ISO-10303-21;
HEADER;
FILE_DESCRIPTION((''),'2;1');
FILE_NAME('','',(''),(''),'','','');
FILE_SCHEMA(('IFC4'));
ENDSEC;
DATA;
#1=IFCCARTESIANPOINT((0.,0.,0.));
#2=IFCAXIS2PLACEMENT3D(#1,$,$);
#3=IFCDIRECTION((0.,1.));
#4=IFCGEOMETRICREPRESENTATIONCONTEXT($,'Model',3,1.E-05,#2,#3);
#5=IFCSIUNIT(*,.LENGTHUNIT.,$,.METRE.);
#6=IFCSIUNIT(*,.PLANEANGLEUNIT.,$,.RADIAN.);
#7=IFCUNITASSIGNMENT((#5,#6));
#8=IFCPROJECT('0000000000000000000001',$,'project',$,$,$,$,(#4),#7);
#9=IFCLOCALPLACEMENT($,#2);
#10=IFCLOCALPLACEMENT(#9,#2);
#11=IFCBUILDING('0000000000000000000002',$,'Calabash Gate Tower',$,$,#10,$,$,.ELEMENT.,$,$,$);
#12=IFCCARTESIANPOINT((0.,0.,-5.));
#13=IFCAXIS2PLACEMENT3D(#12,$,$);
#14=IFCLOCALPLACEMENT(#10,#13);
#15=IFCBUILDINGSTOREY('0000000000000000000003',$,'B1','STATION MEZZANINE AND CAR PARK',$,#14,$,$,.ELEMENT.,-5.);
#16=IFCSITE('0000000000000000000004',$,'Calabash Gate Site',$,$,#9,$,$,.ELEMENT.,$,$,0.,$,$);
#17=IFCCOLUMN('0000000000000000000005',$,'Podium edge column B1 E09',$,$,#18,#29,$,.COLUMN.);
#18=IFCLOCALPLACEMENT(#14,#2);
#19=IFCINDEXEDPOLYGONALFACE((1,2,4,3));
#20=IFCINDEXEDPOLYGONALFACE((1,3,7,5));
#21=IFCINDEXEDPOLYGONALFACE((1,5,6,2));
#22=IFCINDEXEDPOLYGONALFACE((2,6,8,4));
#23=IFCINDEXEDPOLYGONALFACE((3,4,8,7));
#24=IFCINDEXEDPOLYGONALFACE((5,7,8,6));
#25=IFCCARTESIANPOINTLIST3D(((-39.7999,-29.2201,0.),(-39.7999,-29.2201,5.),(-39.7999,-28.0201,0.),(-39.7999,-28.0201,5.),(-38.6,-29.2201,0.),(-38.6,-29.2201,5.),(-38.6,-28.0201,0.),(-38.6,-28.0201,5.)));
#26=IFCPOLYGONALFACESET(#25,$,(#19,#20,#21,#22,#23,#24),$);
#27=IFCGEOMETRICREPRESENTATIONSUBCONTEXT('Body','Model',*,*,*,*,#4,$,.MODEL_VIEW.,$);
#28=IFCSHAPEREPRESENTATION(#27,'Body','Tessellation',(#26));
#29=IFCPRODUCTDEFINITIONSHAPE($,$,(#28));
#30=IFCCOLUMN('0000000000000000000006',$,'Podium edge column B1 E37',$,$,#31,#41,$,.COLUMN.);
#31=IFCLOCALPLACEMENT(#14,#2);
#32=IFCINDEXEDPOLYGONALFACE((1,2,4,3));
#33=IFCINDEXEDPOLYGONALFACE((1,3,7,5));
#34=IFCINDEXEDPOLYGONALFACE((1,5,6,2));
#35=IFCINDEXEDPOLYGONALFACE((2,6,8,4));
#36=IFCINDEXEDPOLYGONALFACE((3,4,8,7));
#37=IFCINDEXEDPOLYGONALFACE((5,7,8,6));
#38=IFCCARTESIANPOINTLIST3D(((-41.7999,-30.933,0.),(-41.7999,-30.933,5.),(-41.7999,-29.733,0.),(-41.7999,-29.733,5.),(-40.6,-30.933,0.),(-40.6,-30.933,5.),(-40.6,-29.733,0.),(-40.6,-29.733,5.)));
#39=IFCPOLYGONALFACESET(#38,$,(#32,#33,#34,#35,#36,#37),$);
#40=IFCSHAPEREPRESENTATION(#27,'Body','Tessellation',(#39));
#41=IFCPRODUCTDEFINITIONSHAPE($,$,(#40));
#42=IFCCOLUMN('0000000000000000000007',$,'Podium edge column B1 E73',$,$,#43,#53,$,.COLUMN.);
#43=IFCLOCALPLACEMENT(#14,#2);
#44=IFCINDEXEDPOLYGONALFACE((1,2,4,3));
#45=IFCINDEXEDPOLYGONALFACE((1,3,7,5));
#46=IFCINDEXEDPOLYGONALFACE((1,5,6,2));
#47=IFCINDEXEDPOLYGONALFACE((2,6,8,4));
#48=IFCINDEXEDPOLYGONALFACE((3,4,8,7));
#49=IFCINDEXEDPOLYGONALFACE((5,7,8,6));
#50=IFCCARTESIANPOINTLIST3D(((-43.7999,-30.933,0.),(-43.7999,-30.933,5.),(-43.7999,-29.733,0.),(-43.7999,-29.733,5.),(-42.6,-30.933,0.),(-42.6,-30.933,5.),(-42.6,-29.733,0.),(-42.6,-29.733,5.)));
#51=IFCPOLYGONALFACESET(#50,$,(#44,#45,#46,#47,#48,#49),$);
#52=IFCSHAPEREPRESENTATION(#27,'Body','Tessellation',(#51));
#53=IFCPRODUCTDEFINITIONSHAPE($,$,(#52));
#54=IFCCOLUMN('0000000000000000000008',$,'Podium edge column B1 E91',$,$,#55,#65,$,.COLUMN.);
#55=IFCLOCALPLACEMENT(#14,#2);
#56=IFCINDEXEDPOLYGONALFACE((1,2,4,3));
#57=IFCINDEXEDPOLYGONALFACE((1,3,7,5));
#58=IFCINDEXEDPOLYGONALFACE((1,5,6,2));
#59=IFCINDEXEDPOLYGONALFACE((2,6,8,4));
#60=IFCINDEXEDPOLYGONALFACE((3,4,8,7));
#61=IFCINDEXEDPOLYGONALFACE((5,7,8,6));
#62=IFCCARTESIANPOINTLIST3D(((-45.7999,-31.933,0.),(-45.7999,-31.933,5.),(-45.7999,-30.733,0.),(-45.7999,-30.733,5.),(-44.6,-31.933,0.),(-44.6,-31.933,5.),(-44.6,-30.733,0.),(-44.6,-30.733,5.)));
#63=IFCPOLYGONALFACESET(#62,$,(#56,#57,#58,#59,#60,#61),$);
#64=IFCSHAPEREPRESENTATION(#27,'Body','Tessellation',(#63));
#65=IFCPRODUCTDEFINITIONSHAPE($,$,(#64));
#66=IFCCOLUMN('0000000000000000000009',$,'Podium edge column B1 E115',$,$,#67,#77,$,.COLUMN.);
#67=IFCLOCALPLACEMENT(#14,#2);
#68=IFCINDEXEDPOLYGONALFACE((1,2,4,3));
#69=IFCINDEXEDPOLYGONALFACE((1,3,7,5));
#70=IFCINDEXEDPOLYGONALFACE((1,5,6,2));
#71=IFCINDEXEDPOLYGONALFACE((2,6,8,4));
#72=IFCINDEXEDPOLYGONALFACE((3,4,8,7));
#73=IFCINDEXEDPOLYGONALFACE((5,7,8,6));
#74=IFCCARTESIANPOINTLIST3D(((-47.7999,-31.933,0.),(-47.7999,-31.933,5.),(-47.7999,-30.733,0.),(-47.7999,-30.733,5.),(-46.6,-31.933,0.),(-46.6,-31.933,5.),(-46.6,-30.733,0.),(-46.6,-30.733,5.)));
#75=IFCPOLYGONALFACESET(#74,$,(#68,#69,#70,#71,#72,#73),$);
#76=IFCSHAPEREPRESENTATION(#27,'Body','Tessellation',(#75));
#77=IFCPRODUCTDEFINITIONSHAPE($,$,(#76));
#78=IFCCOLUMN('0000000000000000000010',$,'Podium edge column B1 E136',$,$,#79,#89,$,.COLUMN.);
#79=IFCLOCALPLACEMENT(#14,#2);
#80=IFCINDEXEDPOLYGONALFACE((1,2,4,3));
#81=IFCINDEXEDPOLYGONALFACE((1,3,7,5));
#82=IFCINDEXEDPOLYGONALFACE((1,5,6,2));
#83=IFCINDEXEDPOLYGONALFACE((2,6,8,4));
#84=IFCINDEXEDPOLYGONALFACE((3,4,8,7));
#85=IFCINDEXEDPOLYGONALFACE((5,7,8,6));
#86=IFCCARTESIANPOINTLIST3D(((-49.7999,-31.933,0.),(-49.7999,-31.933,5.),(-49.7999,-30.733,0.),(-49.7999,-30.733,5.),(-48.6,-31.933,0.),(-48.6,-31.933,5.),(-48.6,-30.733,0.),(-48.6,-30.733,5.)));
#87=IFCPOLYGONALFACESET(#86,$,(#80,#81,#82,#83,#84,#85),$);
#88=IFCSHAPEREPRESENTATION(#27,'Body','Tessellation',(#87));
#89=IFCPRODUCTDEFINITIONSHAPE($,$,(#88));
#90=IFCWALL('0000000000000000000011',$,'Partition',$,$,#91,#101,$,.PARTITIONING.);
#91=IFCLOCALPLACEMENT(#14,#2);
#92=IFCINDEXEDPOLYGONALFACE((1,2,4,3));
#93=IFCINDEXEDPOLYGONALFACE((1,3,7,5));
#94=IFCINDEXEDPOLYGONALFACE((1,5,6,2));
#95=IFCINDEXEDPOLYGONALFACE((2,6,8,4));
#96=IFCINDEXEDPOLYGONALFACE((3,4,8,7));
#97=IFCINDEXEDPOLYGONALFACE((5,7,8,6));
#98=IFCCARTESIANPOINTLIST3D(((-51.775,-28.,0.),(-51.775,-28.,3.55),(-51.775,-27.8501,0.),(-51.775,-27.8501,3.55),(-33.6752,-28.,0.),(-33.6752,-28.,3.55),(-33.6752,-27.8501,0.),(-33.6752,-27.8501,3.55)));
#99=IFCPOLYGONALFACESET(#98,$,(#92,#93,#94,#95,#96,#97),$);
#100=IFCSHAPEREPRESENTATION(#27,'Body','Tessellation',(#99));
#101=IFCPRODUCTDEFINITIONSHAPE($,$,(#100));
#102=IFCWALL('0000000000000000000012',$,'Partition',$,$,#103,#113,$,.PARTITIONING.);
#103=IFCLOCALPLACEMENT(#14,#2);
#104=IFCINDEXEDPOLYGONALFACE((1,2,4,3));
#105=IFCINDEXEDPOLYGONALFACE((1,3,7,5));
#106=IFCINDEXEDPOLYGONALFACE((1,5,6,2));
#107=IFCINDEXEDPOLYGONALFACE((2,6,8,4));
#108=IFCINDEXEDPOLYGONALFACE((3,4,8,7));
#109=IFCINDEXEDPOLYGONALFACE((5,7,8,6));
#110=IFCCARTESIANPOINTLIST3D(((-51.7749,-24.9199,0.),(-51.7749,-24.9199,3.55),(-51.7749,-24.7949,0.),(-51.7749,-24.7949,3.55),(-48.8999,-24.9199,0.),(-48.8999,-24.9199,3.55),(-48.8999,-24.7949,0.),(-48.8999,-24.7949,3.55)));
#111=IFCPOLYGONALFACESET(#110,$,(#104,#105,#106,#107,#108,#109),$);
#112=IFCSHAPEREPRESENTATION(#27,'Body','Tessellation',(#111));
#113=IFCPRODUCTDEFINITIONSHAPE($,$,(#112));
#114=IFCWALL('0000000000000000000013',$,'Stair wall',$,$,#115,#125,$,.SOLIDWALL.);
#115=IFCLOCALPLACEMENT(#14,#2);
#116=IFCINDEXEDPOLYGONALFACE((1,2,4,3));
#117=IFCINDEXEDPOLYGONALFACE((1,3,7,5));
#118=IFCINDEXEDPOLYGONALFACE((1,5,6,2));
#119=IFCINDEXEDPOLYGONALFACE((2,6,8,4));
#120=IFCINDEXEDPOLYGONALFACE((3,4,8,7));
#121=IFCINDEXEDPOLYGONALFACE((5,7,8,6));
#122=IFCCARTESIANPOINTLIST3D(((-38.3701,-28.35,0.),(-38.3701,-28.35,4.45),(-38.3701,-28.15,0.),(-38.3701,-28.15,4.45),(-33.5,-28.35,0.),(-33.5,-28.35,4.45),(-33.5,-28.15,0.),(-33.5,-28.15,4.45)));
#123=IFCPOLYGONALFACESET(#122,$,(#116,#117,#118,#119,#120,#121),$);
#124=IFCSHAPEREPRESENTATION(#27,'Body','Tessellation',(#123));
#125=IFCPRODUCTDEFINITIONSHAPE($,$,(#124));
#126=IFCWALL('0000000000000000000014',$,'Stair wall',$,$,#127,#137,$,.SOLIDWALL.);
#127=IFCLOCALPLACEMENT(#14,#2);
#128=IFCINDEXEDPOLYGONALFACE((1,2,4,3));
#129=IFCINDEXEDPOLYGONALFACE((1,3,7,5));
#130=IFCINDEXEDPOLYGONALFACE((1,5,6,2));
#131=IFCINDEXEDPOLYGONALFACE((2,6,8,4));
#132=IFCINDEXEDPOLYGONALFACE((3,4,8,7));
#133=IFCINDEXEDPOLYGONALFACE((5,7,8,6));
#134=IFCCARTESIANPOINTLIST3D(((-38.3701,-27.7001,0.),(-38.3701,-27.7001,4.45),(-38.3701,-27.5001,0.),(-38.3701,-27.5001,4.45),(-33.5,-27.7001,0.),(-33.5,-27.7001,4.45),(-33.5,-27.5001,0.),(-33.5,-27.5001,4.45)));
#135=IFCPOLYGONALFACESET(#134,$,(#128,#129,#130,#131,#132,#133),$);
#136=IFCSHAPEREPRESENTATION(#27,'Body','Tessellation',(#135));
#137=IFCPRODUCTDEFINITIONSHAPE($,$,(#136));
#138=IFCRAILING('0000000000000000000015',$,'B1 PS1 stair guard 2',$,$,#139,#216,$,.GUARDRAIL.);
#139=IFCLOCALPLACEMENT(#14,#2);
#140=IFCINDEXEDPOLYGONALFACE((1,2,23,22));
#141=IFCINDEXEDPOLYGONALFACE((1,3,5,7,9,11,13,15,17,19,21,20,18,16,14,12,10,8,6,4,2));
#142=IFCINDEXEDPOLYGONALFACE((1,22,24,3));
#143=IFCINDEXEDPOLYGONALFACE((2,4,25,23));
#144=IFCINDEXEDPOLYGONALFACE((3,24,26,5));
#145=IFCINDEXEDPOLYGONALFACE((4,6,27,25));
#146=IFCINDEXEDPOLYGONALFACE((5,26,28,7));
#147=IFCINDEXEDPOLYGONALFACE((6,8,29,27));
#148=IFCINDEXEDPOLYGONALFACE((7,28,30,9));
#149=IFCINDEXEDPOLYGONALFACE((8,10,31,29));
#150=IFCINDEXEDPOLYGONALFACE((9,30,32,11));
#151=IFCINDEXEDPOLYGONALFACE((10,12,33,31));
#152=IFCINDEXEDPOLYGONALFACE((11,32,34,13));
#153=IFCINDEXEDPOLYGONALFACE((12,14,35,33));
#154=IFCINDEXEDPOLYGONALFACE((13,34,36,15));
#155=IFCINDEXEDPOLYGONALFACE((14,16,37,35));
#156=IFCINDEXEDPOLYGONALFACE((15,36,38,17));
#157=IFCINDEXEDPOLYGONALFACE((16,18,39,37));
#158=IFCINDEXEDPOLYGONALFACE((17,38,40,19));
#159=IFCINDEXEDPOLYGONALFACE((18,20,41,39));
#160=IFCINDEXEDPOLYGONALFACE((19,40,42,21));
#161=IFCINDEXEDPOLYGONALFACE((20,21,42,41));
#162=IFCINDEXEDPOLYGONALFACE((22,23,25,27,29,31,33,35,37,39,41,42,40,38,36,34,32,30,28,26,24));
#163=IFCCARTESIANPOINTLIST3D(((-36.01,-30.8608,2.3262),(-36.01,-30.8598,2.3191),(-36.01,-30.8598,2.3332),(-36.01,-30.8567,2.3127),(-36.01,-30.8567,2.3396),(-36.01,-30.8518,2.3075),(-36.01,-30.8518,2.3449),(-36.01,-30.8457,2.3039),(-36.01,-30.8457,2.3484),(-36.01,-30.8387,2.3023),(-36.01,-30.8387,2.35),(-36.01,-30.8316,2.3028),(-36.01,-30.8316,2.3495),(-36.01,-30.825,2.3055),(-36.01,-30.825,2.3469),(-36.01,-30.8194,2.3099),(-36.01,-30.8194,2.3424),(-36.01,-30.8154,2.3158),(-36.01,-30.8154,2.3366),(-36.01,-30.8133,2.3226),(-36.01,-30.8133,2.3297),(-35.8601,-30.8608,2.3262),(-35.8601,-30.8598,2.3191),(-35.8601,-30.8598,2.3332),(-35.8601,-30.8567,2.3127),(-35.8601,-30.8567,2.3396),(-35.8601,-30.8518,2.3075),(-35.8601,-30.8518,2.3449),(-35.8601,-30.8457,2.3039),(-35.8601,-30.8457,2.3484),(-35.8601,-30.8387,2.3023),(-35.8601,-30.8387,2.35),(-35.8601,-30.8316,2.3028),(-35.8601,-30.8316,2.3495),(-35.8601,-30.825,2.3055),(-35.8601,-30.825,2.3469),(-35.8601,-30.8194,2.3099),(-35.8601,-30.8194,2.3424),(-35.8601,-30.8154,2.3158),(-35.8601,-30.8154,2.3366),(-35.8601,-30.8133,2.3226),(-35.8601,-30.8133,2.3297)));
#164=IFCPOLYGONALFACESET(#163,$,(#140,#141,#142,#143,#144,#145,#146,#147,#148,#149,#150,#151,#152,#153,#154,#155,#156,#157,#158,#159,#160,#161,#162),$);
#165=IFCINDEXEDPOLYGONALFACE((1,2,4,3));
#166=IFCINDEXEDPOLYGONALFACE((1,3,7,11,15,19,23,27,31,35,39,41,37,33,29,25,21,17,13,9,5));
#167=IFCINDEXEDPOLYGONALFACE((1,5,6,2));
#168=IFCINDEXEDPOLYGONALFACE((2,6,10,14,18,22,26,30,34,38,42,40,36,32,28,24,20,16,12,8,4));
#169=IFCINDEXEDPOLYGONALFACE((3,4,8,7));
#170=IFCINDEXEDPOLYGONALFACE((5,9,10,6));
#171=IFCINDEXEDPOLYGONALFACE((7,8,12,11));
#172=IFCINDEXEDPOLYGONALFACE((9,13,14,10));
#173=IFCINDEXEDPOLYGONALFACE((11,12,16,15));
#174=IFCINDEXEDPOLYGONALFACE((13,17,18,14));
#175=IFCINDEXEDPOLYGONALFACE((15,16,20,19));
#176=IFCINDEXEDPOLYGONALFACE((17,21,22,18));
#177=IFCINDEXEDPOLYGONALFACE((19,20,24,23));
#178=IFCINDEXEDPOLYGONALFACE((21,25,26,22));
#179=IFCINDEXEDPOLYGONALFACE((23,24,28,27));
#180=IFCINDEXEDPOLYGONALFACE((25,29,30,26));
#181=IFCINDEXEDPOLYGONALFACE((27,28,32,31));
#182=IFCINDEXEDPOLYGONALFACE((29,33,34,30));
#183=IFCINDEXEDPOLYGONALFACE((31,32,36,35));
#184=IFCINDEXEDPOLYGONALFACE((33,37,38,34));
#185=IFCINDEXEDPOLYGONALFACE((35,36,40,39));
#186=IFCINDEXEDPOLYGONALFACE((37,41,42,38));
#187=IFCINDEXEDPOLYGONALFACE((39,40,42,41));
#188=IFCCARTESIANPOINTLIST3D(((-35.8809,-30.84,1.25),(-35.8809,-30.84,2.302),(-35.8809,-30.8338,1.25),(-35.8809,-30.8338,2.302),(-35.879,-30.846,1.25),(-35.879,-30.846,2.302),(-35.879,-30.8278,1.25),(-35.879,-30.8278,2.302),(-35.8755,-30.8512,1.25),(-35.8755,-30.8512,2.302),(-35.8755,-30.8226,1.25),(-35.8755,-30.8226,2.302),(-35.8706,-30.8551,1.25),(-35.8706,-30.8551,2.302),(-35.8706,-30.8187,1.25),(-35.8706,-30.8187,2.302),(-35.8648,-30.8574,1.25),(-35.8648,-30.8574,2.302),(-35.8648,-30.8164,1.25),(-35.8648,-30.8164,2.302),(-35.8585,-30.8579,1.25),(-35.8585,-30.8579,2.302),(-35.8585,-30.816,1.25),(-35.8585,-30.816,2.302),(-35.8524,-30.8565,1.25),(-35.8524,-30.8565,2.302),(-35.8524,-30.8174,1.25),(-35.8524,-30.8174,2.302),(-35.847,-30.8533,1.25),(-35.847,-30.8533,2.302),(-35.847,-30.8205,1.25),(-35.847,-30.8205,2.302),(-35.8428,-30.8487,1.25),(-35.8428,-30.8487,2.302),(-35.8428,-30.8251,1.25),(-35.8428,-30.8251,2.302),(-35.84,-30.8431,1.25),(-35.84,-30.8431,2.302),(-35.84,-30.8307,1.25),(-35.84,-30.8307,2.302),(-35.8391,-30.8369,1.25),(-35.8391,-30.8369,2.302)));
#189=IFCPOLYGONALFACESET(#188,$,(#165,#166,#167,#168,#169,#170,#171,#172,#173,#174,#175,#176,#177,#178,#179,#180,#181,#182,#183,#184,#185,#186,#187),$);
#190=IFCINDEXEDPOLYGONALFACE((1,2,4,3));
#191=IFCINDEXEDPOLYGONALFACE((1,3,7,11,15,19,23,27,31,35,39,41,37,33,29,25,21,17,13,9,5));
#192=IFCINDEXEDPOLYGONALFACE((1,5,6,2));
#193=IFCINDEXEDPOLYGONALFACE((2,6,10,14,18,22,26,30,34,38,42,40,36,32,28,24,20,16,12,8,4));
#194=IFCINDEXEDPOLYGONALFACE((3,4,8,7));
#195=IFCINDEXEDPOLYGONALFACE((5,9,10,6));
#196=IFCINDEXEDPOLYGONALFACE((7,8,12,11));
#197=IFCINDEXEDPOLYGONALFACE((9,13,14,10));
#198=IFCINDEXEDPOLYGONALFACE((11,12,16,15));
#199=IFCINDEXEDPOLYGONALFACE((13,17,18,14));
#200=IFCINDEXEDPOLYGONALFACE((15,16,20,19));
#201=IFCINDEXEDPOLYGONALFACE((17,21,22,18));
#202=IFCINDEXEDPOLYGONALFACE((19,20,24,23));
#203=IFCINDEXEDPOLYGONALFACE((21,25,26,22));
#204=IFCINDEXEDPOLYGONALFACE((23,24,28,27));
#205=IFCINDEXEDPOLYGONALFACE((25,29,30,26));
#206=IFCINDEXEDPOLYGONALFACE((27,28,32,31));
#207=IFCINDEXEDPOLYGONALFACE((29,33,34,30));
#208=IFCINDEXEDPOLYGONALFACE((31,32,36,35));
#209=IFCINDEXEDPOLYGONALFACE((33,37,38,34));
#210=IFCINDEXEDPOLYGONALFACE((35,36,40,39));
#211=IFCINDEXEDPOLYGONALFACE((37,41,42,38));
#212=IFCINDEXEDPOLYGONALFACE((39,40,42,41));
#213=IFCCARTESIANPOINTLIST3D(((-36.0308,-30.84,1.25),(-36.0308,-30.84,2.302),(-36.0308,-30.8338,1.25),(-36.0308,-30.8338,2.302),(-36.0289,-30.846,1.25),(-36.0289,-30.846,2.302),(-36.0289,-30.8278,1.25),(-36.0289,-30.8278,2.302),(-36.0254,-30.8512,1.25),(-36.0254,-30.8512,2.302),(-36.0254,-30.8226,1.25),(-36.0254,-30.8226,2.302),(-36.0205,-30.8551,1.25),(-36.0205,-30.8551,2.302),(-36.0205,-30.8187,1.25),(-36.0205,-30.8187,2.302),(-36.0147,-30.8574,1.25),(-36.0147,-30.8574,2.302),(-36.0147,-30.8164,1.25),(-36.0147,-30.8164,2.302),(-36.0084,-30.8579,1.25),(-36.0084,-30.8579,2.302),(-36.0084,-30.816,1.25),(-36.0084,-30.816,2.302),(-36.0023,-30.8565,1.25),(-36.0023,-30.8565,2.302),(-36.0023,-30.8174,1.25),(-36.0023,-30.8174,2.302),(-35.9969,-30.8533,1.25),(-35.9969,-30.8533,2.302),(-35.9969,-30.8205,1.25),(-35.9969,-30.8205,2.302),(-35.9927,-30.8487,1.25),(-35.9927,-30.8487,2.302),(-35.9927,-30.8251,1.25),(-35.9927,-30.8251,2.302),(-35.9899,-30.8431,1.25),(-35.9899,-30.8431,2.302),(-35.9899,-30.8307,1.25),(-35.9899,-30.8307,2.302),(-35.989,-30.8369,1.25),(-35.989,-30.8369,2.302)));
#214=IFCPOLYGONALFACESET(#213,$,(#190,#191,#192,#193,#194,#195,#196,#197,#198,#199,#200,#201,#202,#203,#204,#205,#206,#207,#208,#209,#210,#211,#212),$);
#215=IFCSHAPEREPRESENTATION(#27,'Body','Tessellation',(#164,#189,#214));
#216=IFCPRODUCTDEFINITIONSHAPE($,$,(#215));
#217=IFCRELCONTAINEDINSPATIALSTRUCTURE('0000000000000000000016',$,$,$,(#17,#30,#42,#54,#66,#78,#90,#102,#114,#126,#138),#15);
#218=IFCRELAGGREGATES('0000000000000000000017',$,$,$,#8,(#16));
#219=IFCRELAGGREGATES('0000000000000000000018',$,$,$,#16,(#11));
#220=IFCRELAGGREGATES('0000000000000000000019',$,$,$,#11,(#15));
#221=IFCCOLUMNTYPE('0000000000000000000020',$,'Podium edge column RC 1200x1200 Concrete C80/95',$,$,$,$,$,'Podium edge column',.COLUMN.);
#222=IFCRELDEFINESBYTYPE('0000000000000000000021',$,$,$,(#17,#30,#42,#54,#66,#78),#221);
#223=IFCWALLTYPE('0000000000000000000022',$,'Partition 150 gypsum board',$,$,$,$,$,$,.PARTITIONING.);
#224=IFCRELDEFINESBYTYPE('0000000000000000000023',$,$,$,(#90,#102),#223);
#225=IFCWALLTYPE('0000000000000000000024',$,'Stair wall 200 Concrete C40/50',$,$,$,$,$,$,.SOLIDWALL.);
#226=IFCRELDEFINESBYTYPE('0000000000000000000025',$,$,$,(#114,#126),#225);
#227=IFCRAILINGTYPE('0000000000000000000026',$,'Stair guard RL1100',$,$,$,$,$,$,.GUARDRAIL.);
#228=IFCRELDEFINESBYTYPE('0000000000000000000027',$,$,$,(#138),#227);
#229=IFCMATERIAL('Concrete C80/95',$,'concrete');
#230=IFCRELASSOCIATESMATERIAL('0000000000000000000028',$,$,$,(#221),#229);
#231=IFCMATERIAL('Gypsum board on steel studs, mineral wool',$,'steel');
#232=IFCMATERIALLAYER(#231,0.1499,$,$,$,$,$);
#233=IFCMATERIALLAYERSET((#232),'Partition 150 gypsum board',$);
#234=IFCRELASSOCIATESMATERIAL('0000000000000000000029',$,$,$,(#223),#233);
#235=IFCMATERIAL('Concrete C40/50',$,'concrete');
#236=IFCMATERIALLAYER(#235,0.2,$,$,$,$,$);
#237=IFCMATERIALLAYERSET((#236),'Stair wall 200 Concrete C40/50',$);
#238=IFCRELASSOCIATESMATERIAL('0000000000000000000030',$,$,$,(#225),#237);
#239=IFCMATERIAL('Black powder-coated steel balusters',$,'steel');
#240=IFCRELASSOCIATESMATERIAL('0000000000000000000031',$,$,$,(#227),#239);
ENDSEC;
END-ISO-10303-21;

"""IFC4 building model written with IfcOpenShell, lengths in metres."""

from ifc_helpers import new_model, si_unit, direction, frame, frame_2d, origin, origin_2d, place, context, subcontext, project, spatial, rectangle, circle, extrude, material, layer, layer_set, material_profile, profile_set, type_object, element, save


model = new_model("IFC4")

# Units and contexts
model_context = context("Model", 3, precision=1e-05, world=origin(), true_north=direction((0.0, 1.0)))
body_context = subcontext(model_context, "Body", "Model", "MODEL_VIEW")
ifc_project = project(units=[si_unit("LENGTHUNIT", "METRE"), si_unit("PLANEANGLEUNIT", "RADIAN")], contexts=[model_context])

# Site, building, storey
site_placement = place(None, origin())
site = spatial("IfcSite", under=ifc_project, at=site_placement, Name="Calabash Gate Site", CompositionType="ELEMENT", RefElevation=0.0)
building_placement = place(site_placement, origin())
building = spatial("IfcBuilding", under=site, at=building_placement, Name="Calabash Gate Tower", CompositionType="ELEMENT")
storey_placement = place(building_placement, frame((0.0, 0.0, -5.0)))
storey = spatial("IfcBuildingStorey", under=building, at=storey_placement, Name="B1", Description="STATION MEZZANINE AND CAR PARK", CompositionType="ELEMENT", Elevation=-5.0)

# Columns
ifc_material_1 = material(Name="Concrete C80/95", Category="concrete")
ifc_material_profile = material_profile(ifc_material_1, rectangle(XDim=1.2, YDim=1.2, at=origin_2d()))
ifc_profile_set = profile_set([ifc_material_profile], Name="Concrete C80/95")
column_type = type_object("IfcColumnType", Name="Podium edge column RC 1200x1200 Concrete C80/95", ElementType="Podium edge column", PredefinedType="COLUMN", material=ifc_profile_set)
for number, where, z_axis, x_axis, name in (
    (1, (-39.2, -28.6201, 0.0), (0.0, 0.0, 1.0), (1.0, 0.0, 0.0), "Podium edge column B1 E09"),
    (2, (-41.2, -30.333, 0.0), (0.0, 0.0, 1.0), (1.0, 0.0, 0.0), "Podium edge column B1 E37"),
    (3, (-43.2, -30.333, 0.0), (0.0, 0.0, 1.0), (1.0, 0.0, 0.0), "Podium edge column B1 E73"),
    (4, (-45.2, -31.333, 0.0), (0.0, 0.0, 1.0), (1.0, 0.0, 0.0), "Podium edge column B1 E91"),
    (5, (-47.2, -31.333, 0.0), (0.0, 0.0, 1.0), (1.0, 0.0, 0.0), "Podium edge column B1 E115"),
    (6, (-49.2, -31.333, 0.0), (0.0, 0.0, 1.0), (1.0, 0.0, 0.0), "Podium edge column B1 E136"),
):
    element("IfcColumn", number, at=place(storey_placement, frame(where, z_axis=z_axis, x_axis=x_axis)), inside=storey, type_object=column_type, Name=name, PredefinedType="COLUMN", context=body_context, shape_type="SweptSolid", body=[
        extrude(rectangle(XDim=1.2, YDim=1.2, at=origin_2d()), origin(), (0.0, 0.0, 1.0), 5.0),
    ])

# Walls
ifc_material_2 = material(Name="Gypsum board on steel studs, mineral wool", Category="steel")
ifc_layer_1 = layer(ifc_material_2, 0.1499)
ifc_layer_set_1 = layer_set([ifc_layer_1], Name="Partition 150 gypsum board")
wall_type_1 = type_object("IfcWallType", Name="Partition 150 gypsum board", PredefinedType="PARTITIONING", material=ifc_layer_set_1)
wall_1_placement = place(storey_placement, frame((-51.7749, -27.925, 0.0), z_axis=(0.0, 0.0, 1.0), x_axis=(1.0, 0.0, 0.0)))
element("IfcWall", 7, at=wall_1_placement, inside=storey, type_object=wall_type_1, Name="Partition", PredefinedType="PARTITIONING", context=body_context, shape_type="SweptSolid", body=[
    extrude(rectangle(XDim=18.0999, YDim=0.1499, at=frame_2d((9.0498, 0.0))), origin(), (0.0, 0.0, 1.0), 3.55),
])
wall_2_placement = place(storey_placement, frame((-51.7749, -24.8574, 0.0), z_axis=(0.0, 0.0, 1.0), x_axis=(1.0, 0.0, 0.0)))
element("IfcWall", 8, at=wall_2_placement, inside=storey, type_object=wall_type_1, Name="Partition", PredefinedType="PARTITIONING", context=body_context, shape_type="SweptSolid", body=[
    extrude(rectangle(XDim=2.875, YDim=0.125, at=frame_2d((1.4375, 0.0))), origin(), (0.0, 0.0, 1.0), 3.55),
])
ifc_material_3 = material(Name="Concrete C40/50", Category="concrete")
ifc_layer_2 = layer(ifc_material_3, 0.2)
ifc_layer_set_2 = layer_set([ifc_layer_2], Name="Stair wall 200 Concrete C40/50")
wall_type_2 = type_object("IfcWallType", Name="Stair wall 200 Concrete C40/50", PredefinedType="SOLIDWALL", material=ifc_layer_set_2)
for number, where, z_axis, x_axis, name in (
    (9, (-38.3701, -28.25, 0.0), (0.0, 0.0, 1.0), (1.0, 0.0, 0.0), "Stair wall"),
    (10, (-38.3701, -27.6001, 0.0), (0.0, 0.0, 1.0), (1.0, 0.0, 0.0), "Stair wall"),
):
    element("IfcWall", number, at=place(storey_placement, frame(where, z_axis=z_axis, x_axis=x_axis)), inside=storey, type_object=wall_type_2, Name=name, PredefinedType="SOLIDWALL", context=body_context, shape_type="SweptSolid", body=[
        extrude(rectangle(XDim=4.8701, YDim=0.2, at=frame_2d((2.4351, 0.0))), origin(), (0.0, 0.0, 1.0), 4.45),
    ])

# Railing
ifc_material_4 = material(Name="Black powder-coated steel balusters", Category="steel")
railing_type_1 = type_object("IfcRailingType", Name="Stair guard RL1100", PredefinedType="GUARDRAIL", material=ifc_material_4)
railing_1_placement = place(storey_placement, frame((-35.8601, -30.8369, 1.25)))
element("IfcRailing", 11, at=railing_1_placement, inside=storey, type_object=railing_type_1, Name="B1 PS1 stair guard 2", PredefinedType="GUARDRAIL", context=body_context, shape_type="SweptSolid", body=[
    extrude(circle(Radius=0.0239, at=origin_2d()), frame((0.0, 0.0, 1.0762), z_axis=(-1.0, 0.0, 0.0), x_axis=(0.0, -1.0, 0.0)), (0.0, 0.0, 1.0), 0.1499),
    extrude(circle(Radius=0.021, at=origin_2d()), origin(), (0.0, 0.0, 1.0), 1.052),
    extrude(circle(Radius=0.021, at=origin_2d()), frame((-0.1499, 0.0, 0.0)), (0.0, 0.0, 1.0), 1.052),
])

save(model, "model.ifc")
